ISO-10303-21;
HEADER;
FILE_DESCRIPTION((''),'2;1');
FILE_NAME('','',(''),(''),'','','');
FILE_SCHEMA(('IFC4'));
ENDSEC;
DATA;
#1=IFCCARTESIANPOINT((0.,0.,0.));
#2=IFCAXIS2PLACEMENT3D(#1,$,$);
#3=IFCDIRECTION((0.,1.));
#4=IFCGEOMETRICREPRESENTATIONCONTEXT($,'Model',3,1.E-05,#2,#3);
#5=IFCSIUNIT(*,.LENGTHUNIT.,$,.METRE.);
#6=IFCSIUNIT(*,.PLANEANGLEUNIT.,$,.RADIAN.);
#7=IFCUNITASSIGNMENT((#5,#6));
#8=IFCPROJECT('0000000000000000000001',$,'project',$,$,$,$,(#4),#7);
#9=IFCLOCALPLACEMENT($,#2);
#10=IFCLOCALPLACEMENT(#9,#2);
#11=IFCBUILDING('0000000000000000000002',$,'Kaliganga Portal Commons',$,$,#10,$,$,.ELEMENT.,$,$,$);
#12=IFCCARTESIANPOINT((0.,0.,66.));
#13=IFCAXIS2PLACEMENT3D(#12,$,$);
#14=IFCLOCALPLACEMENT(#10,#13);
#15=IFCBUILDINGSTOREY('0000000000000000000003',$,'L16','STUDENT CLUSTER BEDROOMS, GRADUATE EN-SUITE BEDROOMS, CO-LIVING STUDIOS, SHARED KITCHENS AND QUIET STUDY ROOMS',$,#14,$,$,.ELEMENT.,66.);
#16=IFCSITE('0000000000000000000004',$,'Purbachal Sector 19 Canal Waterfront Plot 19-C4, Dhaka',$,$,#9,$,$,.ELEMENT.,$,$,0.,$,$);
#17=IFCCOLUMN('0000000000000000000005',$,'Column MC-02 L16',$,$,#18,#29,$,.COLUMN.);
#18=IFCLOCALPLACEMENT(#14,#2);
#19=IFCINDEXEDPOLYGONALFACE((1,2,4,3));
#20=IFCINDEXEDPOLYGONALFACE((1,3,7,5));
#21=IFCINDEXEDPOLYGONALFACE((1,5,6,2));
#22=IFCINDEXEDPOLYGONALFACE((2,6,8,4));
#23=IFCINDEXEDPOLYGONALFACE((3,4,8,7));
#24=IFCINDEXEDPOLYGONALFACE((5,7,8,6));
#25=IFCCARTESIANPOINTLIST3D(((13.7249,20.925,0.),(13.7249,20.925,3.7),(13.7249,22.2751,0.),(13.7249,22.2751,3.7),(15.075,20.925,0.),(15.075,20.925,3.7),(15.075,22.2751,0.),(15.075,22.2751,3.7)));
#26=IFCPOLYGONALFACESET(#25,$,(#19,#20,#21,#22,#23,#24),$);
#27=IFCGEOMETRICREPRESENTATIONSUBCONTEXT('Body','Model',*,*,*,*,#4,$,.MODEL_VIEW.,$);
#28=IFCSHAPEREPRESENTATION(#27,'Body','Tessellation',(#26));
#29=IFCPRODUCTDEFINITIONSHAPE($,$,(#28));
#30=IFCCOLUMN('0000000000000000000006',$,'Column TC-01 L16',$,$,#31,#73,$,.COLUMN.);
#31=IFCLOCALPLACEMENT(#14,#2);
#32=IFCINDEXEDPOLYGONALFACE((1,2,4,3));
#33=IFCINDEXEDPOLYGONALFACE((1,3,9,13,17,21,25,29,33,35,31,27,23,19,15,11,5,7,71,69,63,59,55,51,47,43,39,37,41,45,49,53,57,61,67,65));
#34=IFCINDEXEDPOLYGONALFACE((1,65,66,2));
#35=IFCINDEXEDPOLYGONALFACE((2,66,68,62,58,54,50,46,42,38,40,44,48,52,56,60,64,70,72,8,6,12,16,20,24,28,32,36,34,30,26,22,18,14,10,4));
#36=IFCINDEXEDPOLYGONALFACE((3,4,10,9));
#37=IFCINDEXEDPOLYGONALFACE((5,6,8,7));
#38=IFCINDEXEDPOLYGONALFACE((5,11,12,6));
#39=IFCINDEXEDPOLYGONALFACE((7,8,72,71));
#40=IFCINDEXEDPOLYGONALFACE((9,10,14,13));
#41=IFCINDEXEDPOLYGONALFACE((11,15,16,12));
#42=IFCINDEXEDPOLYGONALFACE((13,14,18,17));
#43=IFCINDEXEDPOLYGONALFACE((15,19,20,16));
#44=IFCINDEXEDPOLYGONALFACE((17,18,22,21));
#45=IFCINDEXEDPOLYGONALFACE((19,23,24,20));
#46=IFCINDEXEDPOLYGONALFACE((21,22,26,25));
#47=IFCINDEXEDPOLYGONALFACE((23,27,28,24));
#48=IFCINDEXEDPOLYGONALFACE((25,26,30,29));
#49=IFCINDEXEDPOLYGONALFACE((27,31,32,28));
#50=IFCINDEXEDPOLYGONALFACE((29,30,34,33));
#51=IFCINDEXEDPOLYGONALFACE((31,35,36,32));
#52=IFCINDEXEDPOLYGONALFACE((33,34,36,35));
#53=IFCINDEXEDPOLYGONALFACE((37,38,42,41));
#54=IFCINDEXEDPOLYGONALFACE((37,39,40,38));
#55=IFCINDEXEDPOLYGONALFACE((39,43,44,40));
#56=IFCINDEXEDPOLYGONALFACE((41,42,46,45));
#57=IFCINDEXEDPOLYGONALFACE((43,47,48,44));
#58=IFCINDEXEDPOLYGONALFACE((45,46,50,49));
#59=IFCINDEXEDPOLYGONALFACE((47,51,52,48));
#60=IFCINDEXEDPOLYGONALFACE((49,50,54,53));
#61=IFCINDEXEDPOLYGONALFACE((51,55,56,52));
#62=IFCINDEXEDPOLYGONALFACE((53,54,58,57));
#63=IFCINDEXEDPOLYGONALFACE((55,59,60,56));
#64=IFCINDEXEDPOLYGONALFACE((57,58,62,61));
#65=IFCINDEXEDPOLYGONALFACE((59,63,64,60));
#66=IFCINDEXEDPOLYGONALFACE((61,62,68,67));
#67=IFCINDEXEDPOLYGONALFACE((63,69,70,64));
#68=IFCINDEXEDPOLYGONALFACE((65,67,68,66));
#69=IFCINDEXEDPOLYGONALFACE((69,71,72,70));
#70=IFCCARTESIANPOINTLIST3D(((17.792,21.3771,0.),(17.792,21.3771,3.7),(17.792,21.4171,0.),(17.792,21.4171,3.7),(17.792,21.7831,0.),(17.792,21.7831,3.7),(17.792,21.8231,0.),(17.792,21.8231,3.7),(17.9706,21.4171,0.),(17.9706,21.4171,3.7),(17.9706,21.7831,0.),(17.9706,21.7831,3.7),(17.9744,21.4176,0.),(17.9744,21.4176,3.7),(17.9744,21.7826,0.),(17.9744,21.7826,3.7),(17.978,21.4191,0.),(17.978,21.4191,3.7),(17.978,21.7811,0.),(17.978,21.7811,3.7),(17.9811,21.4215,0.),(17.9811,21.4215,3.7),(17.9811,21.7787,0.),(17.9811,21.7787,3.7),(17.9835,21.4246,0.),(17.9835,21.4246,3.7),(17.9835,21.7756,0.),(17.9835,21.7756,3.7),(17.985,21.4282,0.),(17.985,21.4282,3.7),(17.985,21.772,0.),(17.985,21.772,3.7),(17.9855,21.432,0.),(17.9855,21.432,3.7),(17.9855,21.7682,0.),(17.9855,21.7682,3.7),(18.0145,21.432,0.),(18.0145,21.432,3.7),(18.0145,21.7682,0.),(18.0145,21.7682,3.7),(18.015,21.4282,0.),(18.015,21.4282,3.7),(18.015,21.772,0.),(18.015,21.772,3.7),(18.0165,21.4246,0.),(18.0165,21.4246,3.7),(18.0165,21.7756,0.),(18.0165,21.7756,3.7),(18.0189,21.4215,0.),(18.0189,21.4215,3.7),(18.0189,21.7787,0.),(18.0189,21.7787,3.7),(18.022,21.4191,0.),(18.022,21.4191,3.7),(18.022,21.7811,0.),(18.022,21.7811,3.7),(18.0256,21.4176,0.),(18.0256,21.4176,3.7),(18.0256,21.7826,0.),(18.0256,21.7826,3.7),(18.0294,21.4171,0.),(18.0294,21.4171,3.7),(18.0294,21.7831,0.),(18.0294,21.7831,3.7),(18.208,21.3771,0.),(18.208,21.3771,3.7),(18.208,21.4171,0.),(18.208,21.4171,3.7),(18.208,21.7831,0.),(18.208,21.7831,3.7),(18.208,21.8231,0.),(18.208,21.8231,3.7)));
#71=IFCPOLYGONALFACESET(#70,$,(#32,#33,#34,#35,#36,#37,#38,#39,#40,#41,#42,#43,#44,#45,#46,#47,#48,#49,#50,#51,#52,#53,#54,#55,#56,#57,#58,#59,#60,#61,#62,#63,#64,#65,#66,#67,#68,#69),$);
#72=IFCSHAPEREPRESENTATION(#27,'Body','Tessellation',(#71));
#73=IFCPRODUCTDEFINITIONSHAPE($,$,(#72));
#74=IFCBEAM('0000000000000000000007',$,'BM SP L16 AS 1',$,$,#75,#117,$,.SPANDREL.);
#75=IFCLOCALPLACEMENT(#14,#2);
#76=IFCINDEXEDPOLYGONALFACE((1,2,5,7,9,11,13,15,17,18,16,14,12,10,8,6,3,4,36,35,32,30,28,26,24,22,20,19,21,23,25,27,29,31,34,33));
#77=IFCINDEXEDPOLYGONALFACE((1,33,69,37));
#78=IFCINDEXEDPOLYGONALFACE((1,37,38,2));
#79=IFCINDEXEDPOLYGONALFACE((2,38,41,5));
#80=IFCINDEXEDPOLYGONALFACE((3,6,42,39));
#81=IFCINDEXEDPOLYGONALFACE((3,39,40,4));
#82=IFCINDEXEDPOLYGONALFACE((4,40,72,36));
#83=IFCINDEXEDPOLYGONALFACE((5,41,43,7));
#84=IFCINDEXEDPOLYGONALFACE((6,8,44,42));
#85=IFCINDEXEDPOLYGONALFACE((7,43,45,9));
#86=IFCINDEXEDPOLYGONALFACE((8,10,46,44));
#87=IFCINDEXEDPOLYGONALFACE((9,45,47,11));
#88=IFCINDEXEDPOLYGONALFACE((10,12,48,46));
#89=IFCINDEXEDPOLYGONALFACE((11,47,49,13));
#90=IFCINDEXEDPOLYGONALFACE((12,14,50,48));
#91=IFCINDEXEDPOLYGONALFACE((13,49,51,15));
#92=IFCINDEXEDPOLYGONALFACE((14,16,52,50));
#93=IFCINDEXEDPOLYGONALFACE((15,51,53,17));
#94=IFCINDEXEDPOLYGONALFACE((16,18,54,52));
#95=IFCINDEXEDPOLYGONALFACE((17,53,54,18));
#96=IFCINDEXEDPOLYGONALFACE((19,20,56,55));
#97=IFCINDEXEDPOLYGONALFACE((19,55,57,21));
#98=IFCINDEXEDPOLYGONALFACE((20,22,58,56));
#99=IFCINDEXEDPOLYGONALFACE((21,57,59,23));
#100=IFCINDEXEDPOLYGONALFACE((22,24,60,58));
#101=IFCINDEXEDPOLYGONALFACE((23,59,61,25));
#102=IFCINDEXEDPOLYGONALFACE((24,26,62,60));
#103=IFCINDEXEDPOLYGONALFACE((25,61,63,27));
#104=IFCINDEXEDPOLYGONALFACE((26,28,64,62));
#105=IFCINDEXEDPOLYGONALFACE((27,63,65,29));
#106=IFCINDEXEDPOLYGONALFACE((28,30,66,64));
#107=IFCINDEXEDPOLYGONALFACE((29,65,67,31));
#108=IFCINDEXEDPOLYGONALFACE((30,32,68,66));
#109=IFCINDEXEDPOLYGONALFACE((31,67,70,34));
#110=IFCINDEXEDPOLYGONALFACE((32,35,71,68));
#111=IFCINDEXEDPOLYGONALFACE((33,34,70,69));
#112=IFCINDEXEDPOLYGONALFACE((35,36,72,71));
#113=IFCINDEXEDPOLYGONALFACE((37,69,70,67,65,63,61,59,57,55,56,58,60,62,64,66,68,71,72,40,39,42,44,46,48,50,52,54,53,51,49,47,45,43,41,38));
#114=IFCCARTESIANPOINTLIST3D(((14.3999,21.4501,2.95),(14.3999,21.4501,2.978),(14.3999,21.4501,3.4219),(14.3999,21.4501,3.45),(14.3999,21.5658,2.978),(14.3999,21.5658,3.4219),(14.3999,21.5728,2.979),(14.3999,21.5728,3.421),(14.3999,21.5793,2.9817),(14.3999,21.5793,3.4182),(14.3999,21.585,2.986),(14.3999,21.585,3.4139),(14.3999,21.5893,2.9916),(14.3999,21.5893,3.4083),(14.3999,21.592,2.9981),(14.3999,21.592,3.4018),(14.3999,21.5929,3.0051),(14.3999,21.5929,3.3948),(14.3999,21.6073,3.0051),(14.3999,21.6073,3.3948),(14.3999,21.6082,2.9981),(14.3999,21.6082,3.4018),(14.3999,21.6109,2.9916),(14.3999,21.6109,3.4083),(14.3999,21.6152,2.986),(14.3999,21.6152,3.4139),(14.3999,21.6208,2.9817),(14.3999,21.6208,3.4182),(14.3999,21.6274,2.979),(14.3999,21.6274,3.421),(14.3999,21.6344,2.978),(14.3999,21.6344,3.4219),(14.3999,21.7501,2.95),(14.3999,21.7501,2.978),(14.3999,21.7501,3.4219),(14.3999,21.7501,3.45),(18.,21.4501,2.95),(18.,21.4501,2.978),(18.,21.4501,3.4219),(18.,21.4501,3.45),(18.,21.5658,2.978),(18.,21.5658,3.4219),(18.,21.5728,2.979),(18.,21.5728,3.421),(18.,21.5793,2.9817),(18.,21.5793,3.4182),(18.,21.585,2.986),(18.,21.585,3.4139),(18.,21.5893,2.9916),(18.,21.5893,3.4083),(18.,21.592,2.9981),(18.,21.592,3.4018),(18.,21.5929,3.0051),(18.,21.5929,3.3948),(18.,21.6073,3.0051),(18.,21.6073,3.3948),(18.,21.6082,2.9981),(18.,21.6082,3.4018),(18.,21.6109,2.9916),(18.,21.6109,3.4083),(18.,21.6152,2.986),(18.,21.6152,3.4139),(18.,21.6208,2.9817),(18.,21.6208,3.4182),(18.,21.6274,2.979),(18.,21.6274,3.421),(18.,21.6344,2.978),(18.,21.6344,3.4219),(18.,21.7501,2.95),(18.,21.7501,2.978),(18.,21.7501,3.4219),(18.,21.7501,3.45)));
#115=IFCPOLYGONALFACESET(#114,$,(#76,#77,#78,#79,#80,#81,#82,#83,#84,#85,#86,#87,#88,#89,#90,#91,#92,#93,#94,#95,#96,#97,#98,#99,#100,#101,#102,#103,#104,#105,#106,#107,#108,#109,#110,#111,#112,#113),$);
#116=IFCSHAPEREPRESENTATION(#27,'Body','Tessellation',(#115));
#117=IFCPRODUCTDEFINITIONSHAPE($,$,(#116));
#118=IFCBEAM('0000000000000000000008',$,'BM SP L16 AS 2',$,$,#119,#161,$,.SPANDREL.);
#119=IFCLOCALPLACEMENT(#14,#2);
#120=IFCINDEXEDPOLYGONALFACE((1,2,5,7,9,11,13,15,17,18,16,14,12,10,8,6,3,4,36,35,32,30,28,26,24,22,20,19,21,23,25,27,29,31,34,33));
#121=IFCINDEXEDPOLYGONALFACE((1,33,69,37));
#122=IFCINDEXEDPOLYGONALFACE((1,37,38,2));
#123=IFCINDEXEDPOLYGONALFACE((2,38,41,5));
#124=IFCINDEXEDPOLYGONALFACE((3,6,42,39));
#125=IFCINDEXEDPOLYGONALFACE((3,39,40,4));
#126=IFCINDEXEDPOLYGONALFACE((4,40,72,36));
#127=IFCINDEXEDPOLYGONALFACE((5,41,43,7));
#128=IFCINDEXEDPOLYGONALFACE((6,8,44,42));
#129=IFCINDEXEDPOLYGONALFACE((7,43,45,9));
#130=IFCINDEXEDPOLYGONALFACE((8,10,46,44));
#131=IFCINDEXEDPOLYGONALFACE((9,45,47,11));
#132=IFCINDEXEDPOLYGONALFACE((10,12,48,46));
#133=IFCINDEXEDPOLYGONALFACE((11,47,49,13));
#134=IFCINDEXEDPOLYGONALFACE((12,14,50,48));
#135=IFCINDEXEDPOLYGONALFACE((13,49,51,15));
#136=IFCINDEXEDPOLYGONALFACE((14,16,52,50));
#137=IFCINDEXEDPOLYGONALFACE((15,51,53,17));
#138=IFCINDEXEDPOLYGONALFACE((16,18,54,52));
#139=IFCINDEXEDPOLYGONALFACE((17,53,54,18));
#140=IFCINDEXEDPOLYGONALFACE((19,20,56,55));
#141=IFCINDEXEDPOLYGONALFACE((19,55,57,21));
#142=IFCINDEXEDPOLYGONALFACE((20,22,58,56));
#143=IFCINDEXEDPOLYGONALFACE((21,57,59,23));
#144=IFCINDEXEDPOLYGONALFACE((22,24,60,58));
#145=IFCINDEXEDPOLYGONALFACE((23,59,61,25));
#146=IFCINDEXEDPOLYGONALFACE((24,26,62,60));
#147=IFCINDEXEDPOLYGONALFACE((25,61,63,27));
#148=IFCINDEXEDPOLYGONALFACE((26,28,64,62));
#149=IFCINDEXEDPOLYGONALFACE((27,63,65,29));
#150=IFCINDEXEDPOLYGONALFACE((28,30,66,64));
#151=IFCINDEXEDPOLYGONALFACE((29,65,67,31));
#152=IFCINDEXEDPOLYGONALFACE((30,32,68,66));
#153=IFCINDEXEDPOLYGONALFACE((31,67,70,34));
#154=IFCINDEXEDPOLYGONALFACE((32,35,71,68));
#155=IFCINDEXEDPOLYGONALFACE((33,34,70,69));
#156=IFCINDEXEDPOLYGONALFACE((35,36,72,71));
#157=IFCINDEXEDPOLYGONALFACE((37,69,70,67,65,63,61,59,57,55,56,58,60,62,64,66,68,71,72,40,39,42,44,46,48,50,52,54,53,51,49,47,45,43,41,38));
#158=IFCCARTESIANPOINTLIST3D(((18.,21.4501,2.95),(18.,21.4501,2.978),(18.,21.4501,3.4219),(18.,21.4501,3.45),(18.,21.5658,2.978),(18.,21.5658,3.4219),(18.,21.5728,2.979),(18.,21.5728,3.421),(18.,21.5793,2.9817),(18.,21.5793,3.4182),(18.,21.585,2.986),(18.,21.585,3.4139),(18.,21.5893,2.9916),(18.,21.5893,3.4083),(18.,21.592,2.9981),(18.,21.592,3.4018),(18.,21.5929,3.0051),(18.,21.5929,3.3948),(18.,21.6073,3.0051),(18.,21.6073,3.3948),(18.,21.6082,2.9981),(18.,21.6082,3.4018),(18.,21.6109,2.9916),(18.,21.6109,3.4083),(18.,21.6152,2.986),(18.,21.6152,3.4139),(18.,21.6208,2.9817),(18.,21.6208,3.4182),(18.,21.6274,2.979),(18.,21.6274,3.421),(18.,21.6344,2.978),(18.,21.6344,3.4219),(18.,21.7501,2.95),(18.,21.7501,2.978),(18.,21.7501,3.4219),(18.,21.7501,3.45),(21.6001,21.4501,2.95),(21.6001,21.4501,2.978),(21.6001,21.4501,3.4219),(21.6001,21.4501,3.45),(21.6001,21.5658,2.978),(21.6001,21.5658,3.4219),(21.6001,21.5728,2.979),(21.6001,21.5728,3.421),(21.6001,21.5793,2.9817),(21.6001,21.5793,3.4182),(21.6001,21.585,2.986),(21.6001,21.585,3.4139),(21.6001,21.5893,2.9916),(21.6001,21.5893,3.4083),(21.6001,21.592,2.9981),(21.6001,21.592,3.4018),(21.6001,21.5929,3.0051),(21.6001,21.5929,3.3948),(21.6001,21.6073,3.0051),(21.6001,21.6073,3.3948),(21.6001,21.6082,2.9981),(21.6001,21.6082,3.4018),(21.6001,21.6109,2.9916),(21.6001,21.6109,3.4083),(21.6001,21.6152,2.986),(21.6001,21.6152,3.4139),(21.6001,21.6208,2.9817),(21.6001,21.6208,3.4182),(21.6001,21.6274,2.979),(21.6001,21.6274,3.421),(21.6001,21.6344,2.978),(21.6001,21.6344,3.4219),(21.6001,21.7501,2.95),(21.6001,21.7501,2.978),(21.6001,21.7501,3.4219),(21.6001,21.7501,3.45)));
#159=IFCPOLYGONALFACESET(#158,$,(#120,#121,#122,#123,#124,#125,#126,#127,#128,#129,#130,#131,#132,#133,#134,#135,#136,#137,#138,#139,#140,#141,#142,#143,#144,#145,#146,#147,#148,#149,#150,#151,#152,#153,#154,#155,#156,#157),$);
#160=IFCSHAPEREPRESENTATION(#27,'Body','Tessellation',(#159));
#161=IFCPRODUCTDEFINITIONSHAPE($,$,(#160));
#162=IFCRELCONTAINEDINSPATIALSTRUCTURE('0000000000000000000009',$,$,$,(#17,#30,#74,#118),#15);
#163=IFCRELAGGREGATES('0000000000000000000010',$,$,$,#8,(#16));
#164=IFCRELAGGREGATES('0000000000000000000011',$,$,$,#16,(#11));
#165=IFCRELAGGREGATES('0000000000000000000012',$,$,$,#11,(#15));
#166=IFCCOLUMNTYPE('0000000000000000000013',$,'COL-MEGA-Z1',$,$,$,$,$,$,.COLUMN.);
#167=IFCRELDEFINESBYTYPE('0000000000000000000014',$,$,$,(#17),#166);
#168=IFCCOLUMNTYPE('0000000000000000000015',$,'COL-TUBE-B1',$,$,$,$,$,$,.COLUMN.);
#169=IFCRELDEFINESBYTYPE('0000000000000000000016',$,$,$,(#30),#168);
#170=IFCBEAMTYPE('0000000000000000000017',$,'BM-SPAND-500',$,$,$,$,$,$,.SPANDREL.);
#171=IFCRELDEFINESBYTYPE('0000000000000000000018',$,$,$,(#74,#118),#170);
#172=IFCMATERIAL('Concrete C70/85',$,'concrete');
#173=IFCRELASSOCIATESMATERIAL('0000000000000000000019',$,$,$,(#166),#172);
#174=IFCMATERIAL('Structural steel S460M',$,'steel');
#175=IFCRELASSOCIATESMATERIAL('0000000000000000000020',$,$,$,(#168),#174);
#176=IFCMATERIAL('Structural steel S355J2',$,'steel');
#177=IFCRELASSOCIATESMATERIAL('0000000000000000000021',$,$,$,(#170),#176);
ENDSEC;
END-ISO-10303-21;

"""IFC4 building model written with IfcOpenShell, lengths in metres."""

from ifc_helpers import new_model, si_unit, direction, frame, origin, origin_2d, place, context, subcontext, project, spatial, rectangle, i_section, extrude, source, transform, mapped, material, material_profile, profile_set, type_object, element, save


model = new_model("IFC4")

# Units and contexts
model_context = context("Model", 3, precision=1e-05, world=origin(), true_north=direction((0.0, 1.0)))
body_context = subcontext(model_context, "Body", "Model", "MODEL_VIEW")
ifc_project = project(units=[si_unit("LENGTHUNIT", "METRE"), si_unit("PLANEANGLEUNIT", "RADIAN")], contexts=[model_context])

# Site, building, storey
site_placement = place(None, origin())
site = spatial("IfcSite", under=ifc_project, at=site_placement, Name="Purbachal Sector 19 Canal Waterfront Plot 19-C4, Dhaka", CompositionType="ELEMENT", RefElevation=0.0)
building_placement = place(site_placement, origin())
building = spatial("IfcBuilding", under=site, at=building_placement, Name="Kaliganga Portal Commons", CompositionType="ELEMENT")
storey_placement = place(building_placement, frame((0.0, 0.0, 66.0)))
storey = spatial("IfcBuildingStorey", under=building, at=storey_placement, Name="L16", Description="STUDENT CLUSTER BEDROOMS, GRADUATE EN-SUITE BEDROOMS, CO-LIVING STUDIOS, SHARED KITCHENS AND QUIET STUDY ROOMS", CompositionType="ELEMENT", Elevation=66.0)

# Columns
ifc_material_1 = material(Name="Concrete C70/85", Category="concrete")
ifc_material_profile_1 = material_profile(ifc_material_1, rectangle(XDim=1.3501, YDim=1.3501, at=origin_2d()), Name="RC 1350x1350")
ifc_profile_set_1 = profile_set([ifc_material_profile_1], Name="Concrete C70/85")
column_type_1 = type_object("IfcColumnType", Name="COL-MEGA-Z1", PredefinedType="COLUMN", material=ifc_profile_set_1)
shared_shape_1 = source(origin(), body_context, "Body", "SweptSolid", [
    extrude(rectangle(XDim=1.3501, YDim=1.3501, at=origin_2d()), origin(), (0.0, 0.0, 1.0), 3.7),
])
column_1_placement = place(storey_placement, frame((14.3999, 21.6001, 0.0), z_axis=(0.0, 0.0, 1.0), x_axis=(1.0, 0.0, 0.0)))
element("IfcColumn", 1, at=column_1_placement, inside=storey, type_object=column_type_1, Name="Column MC-02 L16", PredefinedType="COLUMN", context=body_context, shape_type="MappedRepresentation", body=[
    mapped(shared_shape_1, transform((0.0, 0.0, 0.0), x_axis=(1.0, 0.0, 0.0), y_axis=(0.0, 1.0, 0.0), z_axis=(0.0, 0.0, 1.0), scale=1.0)),
])
ifc_material_2 = material(Name="Structural steel S460M", Category="steel")
ifc_material_profile_2 = material_profile(ifc_material_2, i_section(OverallWidth=0.416, OverallDepth=0.446, WebThickness=0.0291, FlangeThickness=0.04, FilletRadius=0.0149, at=origin_2d()), Name="HD 400x509")
ifc_profile_set_2 = profile_set([ifc_material_profile_2], Name="Structural steel S460M wide-flange")
column_type_2 = type_object("IfcColumnType", Name="COL-TUBE-B1", PredefinedType="COLUMN", material=ifc_profile_set_2)
shared_shape_2 = source(origin(), body_context, "Body", "SweptSolid", [
    extrude(i_section(OverallWidth=0.416, OverallDepth=0.446, WebThickness=0.0291, FlangeThickness=0.04, FilletRadius=0.0149, at=origin_2d()), origin(), (0.0, 0.0, 1.0), 3.7),
])
column_2_placement = place(storey_placement, frame((18.0, 21.6001, 0.0), z_axis=(0.0, 0.0, 1.0), x_axis=(1.0, 0.0, 0.0)))
element("IfcColumn", 2, at=column_2_placement, inside=storey, type_object=column_type_2, Name="Column TC-01 L16", PredefinedType="COLUMN", context=body_context, shape_type="MappedRepresentation", body=[
    mapped(shared_shape_2, transform((0.0, 0.0, 0.0), x_axis=(1.0, 0.0, 0.0), y_axis=(0.0, 1.0, 0.0), z_axis=(0.0, 0.0, 1.0), scale=1.0)),
])

# Beams
ifc_material_3 = material(Name="Structural steel S355J2", Category="steel")
ifc_material_profile_3 = material_profile(ifc_material_3, i_section(OverallWidth=0.3, OverallDepth=0.5, WebThickness=0.0144, FlangeThickness=0.0281, FilletRadius=0.0271, at=origin_2d()), Name="HE 500 B")
ifc_profile_set_3 = profile_set([ifc_material_profile_3], Name="Structural steel S355J2 wide-flange")
beam_type_1 = type_object("IfcBeamType", Name="BM-SPAND-500", PredefinedType="SPANDREL", material=ifc_profile_set_3)
shared_shape_3 = source(origin(), body_context, "Body", "SweptSolid", [
    extrude(i_section(OverallWidth=0.3, OverallDepth=0.5, WebThickness=0.0144, FlangeThickness=0.0281, FilletRadius=0.0271, at=origin_2d()), origin(), (0.0, 0.0, 1.0), 3.6001),
])
for number, where, z_axis, x_axis, name in (
    (3, (14.3999, 21.6001, 3.2), (1.0, 0.0, 0.0), (0.0, 1.0, 0.0), "BM SP L16 AS 1"),
    (4, (18.0, 21.6001, 3.2), (1.0, 0.0, 0.0), (0.0, 1.0, 0.0), "BM SP L16 AS 2"),
):
    element("IfcBeam", number, at=place(storey_placement, frame(where, z_axis=z_axis, x_axis=x_axis)), inside=storey, type_object=beam_type_1, Name=name, PredefinedType="SPANDREL", context=body_context, shape_type="MappedRepresentation", body=[
        mapped(shared_shape_3, transform((0.0, 0.0, 0.0), x_axis=(1.0, 0.0, 0.0), y_axis=(0.0, 1.0, 0.0), z_axis=(0.0, 0.0, 1.0), scale=1.0)),
    ])

save(model, "model.ifc")
